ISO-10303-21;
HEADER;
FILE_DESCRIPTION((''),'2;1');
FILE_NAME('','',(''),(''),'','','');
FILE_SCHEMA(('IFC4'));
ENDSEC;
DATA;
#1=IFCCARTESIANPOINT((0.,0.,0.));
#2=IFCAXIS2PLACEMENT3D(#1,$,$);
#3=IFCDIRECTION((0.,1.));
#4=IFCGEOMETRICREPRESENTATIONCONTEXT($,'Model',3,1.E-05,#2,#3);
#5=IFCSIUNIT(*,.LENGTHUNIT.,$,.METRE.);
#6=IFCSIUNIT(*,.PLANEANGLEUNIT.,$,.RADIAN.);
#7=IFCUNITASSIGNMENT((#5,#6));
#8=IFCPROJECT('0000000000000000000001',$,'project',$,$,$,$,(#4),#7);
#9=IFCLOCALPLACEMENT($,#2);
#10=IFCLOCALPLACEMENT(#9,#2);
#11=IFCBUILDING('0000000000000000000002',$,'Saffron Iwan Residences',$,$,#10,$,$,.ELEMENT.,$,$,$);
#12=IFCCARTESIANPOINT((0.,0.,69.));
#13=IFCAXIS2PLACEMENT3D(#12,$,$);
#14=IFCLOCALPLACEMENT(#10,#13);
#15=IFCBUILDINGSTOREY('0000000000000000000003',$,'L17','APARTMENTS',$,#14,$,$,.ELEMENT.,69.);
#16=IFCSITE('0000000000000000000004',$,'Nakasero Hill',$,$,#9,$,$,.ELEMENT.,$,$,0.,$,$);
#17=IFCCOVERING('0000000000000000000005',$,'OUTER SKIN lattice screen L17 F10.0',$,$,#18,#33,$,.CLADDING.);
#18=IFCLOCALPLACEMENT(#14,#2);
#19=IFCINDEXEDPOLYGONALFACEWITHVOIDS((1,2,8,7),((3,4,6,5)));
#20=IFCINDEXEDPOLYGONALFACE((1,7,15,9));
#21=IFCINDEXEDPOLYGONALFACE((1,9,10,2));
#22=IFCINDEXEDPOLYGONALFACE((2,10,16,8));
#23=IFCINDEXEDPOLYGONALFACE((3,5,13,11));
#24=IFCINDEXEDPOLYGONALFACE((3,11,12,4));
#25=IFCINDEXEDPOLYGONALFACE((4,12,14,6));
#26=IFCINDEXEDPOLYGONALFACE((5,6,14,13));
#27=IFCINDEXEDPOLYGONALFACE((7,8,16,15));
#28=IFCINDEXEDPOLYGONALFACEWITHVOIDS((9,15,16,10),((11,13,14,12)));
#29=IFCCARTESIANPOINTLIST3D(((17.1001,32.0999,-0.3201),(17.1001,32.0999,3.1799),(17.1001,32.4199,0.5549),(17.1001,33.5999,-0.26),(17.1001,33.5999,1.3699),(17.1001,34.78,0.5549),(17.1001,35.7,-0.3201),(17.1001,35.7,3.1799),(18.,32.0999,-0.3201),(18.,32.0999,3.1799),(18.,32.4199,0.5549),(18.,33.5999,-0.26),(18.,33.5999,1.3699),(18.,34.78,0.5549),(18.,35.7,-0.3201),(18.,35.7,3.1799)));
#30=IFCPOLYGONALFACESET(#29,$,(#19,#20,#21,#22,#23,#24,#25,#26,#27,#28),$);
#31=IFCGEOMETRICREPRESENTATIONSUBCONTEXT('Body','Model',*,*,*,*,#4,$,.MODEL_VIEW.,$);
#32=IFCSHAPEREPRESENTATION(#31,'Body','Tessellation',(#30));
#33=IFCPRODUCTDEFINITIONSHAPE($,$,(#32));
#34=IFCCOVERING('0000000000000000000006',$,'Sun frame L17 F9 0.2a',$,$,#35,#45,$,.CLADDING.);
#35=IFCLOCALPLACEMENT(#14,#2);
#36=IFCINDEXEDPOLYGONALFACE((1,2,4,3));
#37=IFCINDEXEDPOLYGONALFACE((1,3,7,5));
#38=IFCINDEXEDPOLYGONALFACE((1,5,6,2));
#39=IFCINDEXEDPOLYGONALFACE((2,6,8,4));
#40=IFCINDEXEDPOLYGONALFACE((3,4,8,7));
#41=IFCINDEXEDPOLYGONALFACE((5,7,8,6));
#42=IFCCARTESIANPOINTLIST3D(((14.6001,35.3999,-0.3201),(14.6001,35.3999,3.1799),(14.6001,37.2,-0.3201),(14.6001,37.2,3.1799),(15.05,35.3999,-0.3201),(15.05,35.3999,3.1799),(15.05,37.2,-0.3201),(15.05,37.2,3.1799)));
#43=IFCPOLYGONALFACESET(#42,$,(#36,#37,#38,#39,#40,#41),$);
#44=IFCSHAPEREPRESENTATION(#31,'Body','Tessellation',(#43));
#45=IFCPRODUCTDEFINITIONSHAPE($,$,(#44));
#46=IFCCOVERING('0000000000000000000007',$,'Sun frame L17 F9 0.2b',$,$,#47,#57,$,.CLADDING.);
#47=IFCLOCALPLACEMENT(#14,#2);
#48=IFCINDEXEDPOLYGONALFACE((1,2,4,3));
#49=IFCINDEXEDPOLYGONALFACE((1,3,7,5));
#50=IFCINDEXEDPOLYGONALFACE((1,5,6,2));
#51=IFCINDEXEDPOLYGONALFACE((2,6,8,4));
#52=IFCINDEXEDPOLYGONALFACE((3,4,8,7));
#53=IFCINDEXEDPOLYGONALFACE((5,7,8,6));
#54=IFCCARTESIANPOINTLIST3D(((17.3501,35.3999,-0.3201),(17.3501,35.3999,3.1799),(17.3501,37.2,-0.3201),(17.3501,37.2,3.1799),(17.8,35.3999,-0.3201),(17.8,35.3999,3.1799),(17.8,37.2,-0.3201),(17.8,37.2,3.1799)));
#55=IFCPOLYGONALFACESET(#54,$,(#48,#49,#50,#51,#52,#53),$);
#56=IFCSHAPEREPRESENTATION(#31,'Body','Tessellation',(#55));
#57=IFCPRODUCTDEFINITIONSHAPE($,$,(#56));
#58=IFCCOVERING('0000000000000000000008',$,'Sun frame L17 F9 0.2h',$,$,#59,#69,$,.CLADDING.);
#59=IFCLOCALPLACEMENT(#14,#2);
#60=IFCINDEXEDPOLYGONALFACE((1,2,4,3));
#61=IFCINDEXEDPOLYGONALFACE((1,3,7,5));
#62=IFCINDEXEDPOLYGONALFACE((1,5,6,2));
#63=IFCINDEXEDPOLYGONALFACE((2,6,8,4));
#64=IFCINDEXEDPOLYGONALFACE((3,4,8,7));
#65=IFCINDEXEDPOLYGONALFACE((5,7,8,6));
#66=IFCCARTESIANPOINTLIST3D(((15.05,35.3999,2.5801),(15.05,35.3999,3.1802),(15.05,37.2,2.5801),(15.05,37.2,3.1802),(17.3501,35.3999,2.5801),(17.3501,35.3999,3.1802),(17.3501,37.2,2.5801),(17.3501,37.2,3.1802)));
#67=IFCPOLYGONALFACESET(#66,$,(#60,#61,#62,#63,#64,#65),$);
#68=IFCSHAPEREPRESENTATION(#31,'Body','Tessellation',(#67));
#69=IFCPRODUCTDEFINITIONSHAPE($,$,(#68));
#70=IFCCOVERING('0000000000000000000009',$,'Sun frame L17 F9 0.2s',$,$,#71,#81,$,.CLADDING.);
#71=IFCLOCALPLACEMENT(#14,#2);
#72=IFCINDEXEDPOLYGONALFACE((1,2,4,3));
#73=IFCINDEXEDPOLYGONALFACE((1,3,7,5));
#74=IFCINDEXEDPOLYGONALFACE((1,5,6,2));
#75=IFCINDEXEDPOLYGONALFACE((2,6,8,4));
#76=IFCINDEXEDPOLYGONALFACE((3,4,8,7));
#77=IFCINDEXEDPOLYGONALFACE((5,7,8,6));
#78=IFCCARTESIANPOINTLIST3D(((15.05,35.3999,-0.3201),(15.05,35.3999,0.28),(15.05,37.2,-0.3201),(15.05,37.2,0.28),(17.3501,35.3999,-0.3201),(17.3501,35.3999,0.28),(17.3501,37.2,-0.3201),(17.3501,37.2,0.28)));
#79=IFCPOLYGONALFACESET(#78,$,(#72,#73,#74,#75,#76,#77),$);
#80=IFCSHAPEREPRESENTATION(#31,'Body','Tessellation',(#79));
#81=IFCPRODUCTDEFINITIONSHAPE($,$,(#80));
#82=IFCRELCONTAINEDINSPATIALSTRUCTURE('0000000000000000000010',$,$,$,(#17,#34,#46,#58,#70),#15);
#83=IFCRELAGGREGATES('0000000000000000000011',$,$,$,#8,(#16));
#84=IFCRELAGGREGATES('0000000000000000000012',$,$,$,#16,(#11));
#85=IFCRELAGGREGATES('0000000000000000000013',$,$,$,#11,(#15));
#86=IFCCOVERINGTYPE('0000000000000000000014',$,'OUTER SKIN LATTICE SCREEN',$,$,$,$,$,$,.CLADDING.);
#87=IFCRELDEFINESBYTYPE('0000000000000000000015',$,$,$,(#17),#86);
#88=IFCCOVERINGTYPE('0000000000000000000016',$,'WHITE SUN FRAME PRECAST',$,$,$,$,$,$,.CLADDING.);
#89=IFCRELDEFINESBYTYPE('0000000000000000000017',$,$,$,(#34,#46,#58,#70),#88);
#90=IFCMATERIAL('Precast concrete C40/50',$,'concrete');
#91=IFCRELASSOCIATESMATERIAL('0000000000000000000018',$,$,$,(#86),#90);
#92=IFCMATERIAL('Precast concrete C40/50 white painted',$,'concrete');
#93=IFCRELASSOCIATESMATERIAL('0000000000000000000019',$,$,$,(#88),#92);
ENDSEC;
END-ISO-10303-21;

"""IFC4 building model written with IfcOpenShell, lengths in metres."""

from ifc_helpers import new_model, si_unit, direction, frame, origin, place, context, subcontext, project, spatial, polyline, outline, extrude, material, type_object, element, save


model = new_model("IFC4")

# Units and contexts
model_context = context("Model", 3, precision=1e-05, world=origin(), true_north=direction((0.0, 1.0)))
body_context = subcontext(model_context, "Body", "Model", "MODEL_VIEW")
ifc_project = project(units=[si_unit("LENGTHUNIT", "METRE"), si_unit("PLANEANGLEUNIT", "RADIAN")], contexts=[model_context])

# Site, building, storey
site_placement = place(None, origin())
site = spatial("IfcSite", under=ifc_project, at=site_placement, Name="Nakasero Hill", CompositionType="ELEMENT", RefElevation=0.0)
building_placement = place(site_placement, origin())
building = spatial("IfcBuilding", under=site, at=building_placement, Name="Saffron Iwan Residences", CompositionType="ELEMENT")
storey_placement = place(building_placement, frame((0.0, 0.0, 69.0)))
storey = spatial("IfcBuildingStorey", under=building, at=storey_placement, Name="L17", Description="APARTMENTS", CompositionType="ELEMENT", Elevation=69.0)

# Coverings
ifc_material_1 = material(Name="Precast concrete C40/50", Category="concrete")
covering_type_1 = type_object("IfcCoveringType", Name="OUTER SKIN LATTICE SCREEN", PredefinedType="CLADDING", material=ifc_material_1)
covering_placement = place(storey_placement, frame((18.0, 35.7, -0.3201), z_axis=(-1.0, 0.0, 0.0), x_axis=(0.0, -1.0, 0.0)))
element("IfcCovering", 1, at=covering_placement, inside=storey, type_object=covering_type_1, Name="OUTER SKIN lattice screen L17 F10.0", PredefinedType="CLADDING", context=body_context, shape_type="SweptSolid", body=[
    extrude(outline(polyline([(0.0, 0.0), (3.6001, 0.0), (3.6001, 3.5), (0.0, 3.5), (0.0, 0.0)]), holes=[polyline([(0.9199, 0.875), (2.1001, 0.0601), (3.28, 0.875), (2.1001, 1.6899), (0.9199, 0.875)])]), origin(), (0.0, 0.0, 1.0), 0.8999),
])
ifc_material_2 = material(Name="Precast concrete C40/50 white painted", Category="concrete")
covering_type_2 = type_object("IfcCoveringType", Name="WHITE SUN FRAME PRECAST", PredefinedType="CLADDING", material=ifc_material_2)
for number, where, z_axis, x_axis, name in (
    (2, (14.6001, 37.2, -0.3201), (0.0, -1.0, 0.0), (1.0, 0.0, 0.0), "Sun frame L17 F9 0.2a"),
    (3, (17.3501, 37.2, -0.3201), (0.0, -1.0, 0.0), (1.0, 0.0, 0.0), "Sun frame L17 F9 0.2b"),
):
    element("IfcCovering", number, at=place(storey_placement, frame(where, z_axis=z_axis, x_axis=x_axis)), inside=storey, type_object=covering_type_2, Name=name, PredefinedType="CLADDING", context=body_context, shape_type="SweptSolid", body=[
        extrude(outline(polyline([(0.0, 0.0), (0.45, 0.0), (0.45, 3.5), (0.0, 3.5), (0.0, 0.0)])), origin(), (0.0, 0.0, 1.0), 1.8),
    ])
for number, where, z_axis, x_axis, name in (
    (4, (15.05, 37.2, 2.5801), (0.0, -1.0, 0.0), (1.0, 0.0, 0.0), "Sun frame L17 F9 0.2h"),
    (5, (15.05, 37.2, -0.3201), (0.0, -1.0, 0.0), (1.0, 0.0, 0.0), "Sun frame L17 F9 0.2s"),
):
    element("IfcCovering", number, at=place(storey_placement, frame(where, z_axis=z_axis, x_axis=x_axis)), inside=storey, type_object=covering_type_2, Name=name, PredefinedType="CLADDING", context=body_context, shape_type="SweptSolid", body=[
        extrude(outline(polyline([(0.0, 0.0), (2.3, 0.0), (2.3, 0.6001), (0.0, 0.6001), (0.0, 0.0)])), origin(), (0.0, 0.0, 1.0), 1.8),
    ])

save(model, "model.ifc")
